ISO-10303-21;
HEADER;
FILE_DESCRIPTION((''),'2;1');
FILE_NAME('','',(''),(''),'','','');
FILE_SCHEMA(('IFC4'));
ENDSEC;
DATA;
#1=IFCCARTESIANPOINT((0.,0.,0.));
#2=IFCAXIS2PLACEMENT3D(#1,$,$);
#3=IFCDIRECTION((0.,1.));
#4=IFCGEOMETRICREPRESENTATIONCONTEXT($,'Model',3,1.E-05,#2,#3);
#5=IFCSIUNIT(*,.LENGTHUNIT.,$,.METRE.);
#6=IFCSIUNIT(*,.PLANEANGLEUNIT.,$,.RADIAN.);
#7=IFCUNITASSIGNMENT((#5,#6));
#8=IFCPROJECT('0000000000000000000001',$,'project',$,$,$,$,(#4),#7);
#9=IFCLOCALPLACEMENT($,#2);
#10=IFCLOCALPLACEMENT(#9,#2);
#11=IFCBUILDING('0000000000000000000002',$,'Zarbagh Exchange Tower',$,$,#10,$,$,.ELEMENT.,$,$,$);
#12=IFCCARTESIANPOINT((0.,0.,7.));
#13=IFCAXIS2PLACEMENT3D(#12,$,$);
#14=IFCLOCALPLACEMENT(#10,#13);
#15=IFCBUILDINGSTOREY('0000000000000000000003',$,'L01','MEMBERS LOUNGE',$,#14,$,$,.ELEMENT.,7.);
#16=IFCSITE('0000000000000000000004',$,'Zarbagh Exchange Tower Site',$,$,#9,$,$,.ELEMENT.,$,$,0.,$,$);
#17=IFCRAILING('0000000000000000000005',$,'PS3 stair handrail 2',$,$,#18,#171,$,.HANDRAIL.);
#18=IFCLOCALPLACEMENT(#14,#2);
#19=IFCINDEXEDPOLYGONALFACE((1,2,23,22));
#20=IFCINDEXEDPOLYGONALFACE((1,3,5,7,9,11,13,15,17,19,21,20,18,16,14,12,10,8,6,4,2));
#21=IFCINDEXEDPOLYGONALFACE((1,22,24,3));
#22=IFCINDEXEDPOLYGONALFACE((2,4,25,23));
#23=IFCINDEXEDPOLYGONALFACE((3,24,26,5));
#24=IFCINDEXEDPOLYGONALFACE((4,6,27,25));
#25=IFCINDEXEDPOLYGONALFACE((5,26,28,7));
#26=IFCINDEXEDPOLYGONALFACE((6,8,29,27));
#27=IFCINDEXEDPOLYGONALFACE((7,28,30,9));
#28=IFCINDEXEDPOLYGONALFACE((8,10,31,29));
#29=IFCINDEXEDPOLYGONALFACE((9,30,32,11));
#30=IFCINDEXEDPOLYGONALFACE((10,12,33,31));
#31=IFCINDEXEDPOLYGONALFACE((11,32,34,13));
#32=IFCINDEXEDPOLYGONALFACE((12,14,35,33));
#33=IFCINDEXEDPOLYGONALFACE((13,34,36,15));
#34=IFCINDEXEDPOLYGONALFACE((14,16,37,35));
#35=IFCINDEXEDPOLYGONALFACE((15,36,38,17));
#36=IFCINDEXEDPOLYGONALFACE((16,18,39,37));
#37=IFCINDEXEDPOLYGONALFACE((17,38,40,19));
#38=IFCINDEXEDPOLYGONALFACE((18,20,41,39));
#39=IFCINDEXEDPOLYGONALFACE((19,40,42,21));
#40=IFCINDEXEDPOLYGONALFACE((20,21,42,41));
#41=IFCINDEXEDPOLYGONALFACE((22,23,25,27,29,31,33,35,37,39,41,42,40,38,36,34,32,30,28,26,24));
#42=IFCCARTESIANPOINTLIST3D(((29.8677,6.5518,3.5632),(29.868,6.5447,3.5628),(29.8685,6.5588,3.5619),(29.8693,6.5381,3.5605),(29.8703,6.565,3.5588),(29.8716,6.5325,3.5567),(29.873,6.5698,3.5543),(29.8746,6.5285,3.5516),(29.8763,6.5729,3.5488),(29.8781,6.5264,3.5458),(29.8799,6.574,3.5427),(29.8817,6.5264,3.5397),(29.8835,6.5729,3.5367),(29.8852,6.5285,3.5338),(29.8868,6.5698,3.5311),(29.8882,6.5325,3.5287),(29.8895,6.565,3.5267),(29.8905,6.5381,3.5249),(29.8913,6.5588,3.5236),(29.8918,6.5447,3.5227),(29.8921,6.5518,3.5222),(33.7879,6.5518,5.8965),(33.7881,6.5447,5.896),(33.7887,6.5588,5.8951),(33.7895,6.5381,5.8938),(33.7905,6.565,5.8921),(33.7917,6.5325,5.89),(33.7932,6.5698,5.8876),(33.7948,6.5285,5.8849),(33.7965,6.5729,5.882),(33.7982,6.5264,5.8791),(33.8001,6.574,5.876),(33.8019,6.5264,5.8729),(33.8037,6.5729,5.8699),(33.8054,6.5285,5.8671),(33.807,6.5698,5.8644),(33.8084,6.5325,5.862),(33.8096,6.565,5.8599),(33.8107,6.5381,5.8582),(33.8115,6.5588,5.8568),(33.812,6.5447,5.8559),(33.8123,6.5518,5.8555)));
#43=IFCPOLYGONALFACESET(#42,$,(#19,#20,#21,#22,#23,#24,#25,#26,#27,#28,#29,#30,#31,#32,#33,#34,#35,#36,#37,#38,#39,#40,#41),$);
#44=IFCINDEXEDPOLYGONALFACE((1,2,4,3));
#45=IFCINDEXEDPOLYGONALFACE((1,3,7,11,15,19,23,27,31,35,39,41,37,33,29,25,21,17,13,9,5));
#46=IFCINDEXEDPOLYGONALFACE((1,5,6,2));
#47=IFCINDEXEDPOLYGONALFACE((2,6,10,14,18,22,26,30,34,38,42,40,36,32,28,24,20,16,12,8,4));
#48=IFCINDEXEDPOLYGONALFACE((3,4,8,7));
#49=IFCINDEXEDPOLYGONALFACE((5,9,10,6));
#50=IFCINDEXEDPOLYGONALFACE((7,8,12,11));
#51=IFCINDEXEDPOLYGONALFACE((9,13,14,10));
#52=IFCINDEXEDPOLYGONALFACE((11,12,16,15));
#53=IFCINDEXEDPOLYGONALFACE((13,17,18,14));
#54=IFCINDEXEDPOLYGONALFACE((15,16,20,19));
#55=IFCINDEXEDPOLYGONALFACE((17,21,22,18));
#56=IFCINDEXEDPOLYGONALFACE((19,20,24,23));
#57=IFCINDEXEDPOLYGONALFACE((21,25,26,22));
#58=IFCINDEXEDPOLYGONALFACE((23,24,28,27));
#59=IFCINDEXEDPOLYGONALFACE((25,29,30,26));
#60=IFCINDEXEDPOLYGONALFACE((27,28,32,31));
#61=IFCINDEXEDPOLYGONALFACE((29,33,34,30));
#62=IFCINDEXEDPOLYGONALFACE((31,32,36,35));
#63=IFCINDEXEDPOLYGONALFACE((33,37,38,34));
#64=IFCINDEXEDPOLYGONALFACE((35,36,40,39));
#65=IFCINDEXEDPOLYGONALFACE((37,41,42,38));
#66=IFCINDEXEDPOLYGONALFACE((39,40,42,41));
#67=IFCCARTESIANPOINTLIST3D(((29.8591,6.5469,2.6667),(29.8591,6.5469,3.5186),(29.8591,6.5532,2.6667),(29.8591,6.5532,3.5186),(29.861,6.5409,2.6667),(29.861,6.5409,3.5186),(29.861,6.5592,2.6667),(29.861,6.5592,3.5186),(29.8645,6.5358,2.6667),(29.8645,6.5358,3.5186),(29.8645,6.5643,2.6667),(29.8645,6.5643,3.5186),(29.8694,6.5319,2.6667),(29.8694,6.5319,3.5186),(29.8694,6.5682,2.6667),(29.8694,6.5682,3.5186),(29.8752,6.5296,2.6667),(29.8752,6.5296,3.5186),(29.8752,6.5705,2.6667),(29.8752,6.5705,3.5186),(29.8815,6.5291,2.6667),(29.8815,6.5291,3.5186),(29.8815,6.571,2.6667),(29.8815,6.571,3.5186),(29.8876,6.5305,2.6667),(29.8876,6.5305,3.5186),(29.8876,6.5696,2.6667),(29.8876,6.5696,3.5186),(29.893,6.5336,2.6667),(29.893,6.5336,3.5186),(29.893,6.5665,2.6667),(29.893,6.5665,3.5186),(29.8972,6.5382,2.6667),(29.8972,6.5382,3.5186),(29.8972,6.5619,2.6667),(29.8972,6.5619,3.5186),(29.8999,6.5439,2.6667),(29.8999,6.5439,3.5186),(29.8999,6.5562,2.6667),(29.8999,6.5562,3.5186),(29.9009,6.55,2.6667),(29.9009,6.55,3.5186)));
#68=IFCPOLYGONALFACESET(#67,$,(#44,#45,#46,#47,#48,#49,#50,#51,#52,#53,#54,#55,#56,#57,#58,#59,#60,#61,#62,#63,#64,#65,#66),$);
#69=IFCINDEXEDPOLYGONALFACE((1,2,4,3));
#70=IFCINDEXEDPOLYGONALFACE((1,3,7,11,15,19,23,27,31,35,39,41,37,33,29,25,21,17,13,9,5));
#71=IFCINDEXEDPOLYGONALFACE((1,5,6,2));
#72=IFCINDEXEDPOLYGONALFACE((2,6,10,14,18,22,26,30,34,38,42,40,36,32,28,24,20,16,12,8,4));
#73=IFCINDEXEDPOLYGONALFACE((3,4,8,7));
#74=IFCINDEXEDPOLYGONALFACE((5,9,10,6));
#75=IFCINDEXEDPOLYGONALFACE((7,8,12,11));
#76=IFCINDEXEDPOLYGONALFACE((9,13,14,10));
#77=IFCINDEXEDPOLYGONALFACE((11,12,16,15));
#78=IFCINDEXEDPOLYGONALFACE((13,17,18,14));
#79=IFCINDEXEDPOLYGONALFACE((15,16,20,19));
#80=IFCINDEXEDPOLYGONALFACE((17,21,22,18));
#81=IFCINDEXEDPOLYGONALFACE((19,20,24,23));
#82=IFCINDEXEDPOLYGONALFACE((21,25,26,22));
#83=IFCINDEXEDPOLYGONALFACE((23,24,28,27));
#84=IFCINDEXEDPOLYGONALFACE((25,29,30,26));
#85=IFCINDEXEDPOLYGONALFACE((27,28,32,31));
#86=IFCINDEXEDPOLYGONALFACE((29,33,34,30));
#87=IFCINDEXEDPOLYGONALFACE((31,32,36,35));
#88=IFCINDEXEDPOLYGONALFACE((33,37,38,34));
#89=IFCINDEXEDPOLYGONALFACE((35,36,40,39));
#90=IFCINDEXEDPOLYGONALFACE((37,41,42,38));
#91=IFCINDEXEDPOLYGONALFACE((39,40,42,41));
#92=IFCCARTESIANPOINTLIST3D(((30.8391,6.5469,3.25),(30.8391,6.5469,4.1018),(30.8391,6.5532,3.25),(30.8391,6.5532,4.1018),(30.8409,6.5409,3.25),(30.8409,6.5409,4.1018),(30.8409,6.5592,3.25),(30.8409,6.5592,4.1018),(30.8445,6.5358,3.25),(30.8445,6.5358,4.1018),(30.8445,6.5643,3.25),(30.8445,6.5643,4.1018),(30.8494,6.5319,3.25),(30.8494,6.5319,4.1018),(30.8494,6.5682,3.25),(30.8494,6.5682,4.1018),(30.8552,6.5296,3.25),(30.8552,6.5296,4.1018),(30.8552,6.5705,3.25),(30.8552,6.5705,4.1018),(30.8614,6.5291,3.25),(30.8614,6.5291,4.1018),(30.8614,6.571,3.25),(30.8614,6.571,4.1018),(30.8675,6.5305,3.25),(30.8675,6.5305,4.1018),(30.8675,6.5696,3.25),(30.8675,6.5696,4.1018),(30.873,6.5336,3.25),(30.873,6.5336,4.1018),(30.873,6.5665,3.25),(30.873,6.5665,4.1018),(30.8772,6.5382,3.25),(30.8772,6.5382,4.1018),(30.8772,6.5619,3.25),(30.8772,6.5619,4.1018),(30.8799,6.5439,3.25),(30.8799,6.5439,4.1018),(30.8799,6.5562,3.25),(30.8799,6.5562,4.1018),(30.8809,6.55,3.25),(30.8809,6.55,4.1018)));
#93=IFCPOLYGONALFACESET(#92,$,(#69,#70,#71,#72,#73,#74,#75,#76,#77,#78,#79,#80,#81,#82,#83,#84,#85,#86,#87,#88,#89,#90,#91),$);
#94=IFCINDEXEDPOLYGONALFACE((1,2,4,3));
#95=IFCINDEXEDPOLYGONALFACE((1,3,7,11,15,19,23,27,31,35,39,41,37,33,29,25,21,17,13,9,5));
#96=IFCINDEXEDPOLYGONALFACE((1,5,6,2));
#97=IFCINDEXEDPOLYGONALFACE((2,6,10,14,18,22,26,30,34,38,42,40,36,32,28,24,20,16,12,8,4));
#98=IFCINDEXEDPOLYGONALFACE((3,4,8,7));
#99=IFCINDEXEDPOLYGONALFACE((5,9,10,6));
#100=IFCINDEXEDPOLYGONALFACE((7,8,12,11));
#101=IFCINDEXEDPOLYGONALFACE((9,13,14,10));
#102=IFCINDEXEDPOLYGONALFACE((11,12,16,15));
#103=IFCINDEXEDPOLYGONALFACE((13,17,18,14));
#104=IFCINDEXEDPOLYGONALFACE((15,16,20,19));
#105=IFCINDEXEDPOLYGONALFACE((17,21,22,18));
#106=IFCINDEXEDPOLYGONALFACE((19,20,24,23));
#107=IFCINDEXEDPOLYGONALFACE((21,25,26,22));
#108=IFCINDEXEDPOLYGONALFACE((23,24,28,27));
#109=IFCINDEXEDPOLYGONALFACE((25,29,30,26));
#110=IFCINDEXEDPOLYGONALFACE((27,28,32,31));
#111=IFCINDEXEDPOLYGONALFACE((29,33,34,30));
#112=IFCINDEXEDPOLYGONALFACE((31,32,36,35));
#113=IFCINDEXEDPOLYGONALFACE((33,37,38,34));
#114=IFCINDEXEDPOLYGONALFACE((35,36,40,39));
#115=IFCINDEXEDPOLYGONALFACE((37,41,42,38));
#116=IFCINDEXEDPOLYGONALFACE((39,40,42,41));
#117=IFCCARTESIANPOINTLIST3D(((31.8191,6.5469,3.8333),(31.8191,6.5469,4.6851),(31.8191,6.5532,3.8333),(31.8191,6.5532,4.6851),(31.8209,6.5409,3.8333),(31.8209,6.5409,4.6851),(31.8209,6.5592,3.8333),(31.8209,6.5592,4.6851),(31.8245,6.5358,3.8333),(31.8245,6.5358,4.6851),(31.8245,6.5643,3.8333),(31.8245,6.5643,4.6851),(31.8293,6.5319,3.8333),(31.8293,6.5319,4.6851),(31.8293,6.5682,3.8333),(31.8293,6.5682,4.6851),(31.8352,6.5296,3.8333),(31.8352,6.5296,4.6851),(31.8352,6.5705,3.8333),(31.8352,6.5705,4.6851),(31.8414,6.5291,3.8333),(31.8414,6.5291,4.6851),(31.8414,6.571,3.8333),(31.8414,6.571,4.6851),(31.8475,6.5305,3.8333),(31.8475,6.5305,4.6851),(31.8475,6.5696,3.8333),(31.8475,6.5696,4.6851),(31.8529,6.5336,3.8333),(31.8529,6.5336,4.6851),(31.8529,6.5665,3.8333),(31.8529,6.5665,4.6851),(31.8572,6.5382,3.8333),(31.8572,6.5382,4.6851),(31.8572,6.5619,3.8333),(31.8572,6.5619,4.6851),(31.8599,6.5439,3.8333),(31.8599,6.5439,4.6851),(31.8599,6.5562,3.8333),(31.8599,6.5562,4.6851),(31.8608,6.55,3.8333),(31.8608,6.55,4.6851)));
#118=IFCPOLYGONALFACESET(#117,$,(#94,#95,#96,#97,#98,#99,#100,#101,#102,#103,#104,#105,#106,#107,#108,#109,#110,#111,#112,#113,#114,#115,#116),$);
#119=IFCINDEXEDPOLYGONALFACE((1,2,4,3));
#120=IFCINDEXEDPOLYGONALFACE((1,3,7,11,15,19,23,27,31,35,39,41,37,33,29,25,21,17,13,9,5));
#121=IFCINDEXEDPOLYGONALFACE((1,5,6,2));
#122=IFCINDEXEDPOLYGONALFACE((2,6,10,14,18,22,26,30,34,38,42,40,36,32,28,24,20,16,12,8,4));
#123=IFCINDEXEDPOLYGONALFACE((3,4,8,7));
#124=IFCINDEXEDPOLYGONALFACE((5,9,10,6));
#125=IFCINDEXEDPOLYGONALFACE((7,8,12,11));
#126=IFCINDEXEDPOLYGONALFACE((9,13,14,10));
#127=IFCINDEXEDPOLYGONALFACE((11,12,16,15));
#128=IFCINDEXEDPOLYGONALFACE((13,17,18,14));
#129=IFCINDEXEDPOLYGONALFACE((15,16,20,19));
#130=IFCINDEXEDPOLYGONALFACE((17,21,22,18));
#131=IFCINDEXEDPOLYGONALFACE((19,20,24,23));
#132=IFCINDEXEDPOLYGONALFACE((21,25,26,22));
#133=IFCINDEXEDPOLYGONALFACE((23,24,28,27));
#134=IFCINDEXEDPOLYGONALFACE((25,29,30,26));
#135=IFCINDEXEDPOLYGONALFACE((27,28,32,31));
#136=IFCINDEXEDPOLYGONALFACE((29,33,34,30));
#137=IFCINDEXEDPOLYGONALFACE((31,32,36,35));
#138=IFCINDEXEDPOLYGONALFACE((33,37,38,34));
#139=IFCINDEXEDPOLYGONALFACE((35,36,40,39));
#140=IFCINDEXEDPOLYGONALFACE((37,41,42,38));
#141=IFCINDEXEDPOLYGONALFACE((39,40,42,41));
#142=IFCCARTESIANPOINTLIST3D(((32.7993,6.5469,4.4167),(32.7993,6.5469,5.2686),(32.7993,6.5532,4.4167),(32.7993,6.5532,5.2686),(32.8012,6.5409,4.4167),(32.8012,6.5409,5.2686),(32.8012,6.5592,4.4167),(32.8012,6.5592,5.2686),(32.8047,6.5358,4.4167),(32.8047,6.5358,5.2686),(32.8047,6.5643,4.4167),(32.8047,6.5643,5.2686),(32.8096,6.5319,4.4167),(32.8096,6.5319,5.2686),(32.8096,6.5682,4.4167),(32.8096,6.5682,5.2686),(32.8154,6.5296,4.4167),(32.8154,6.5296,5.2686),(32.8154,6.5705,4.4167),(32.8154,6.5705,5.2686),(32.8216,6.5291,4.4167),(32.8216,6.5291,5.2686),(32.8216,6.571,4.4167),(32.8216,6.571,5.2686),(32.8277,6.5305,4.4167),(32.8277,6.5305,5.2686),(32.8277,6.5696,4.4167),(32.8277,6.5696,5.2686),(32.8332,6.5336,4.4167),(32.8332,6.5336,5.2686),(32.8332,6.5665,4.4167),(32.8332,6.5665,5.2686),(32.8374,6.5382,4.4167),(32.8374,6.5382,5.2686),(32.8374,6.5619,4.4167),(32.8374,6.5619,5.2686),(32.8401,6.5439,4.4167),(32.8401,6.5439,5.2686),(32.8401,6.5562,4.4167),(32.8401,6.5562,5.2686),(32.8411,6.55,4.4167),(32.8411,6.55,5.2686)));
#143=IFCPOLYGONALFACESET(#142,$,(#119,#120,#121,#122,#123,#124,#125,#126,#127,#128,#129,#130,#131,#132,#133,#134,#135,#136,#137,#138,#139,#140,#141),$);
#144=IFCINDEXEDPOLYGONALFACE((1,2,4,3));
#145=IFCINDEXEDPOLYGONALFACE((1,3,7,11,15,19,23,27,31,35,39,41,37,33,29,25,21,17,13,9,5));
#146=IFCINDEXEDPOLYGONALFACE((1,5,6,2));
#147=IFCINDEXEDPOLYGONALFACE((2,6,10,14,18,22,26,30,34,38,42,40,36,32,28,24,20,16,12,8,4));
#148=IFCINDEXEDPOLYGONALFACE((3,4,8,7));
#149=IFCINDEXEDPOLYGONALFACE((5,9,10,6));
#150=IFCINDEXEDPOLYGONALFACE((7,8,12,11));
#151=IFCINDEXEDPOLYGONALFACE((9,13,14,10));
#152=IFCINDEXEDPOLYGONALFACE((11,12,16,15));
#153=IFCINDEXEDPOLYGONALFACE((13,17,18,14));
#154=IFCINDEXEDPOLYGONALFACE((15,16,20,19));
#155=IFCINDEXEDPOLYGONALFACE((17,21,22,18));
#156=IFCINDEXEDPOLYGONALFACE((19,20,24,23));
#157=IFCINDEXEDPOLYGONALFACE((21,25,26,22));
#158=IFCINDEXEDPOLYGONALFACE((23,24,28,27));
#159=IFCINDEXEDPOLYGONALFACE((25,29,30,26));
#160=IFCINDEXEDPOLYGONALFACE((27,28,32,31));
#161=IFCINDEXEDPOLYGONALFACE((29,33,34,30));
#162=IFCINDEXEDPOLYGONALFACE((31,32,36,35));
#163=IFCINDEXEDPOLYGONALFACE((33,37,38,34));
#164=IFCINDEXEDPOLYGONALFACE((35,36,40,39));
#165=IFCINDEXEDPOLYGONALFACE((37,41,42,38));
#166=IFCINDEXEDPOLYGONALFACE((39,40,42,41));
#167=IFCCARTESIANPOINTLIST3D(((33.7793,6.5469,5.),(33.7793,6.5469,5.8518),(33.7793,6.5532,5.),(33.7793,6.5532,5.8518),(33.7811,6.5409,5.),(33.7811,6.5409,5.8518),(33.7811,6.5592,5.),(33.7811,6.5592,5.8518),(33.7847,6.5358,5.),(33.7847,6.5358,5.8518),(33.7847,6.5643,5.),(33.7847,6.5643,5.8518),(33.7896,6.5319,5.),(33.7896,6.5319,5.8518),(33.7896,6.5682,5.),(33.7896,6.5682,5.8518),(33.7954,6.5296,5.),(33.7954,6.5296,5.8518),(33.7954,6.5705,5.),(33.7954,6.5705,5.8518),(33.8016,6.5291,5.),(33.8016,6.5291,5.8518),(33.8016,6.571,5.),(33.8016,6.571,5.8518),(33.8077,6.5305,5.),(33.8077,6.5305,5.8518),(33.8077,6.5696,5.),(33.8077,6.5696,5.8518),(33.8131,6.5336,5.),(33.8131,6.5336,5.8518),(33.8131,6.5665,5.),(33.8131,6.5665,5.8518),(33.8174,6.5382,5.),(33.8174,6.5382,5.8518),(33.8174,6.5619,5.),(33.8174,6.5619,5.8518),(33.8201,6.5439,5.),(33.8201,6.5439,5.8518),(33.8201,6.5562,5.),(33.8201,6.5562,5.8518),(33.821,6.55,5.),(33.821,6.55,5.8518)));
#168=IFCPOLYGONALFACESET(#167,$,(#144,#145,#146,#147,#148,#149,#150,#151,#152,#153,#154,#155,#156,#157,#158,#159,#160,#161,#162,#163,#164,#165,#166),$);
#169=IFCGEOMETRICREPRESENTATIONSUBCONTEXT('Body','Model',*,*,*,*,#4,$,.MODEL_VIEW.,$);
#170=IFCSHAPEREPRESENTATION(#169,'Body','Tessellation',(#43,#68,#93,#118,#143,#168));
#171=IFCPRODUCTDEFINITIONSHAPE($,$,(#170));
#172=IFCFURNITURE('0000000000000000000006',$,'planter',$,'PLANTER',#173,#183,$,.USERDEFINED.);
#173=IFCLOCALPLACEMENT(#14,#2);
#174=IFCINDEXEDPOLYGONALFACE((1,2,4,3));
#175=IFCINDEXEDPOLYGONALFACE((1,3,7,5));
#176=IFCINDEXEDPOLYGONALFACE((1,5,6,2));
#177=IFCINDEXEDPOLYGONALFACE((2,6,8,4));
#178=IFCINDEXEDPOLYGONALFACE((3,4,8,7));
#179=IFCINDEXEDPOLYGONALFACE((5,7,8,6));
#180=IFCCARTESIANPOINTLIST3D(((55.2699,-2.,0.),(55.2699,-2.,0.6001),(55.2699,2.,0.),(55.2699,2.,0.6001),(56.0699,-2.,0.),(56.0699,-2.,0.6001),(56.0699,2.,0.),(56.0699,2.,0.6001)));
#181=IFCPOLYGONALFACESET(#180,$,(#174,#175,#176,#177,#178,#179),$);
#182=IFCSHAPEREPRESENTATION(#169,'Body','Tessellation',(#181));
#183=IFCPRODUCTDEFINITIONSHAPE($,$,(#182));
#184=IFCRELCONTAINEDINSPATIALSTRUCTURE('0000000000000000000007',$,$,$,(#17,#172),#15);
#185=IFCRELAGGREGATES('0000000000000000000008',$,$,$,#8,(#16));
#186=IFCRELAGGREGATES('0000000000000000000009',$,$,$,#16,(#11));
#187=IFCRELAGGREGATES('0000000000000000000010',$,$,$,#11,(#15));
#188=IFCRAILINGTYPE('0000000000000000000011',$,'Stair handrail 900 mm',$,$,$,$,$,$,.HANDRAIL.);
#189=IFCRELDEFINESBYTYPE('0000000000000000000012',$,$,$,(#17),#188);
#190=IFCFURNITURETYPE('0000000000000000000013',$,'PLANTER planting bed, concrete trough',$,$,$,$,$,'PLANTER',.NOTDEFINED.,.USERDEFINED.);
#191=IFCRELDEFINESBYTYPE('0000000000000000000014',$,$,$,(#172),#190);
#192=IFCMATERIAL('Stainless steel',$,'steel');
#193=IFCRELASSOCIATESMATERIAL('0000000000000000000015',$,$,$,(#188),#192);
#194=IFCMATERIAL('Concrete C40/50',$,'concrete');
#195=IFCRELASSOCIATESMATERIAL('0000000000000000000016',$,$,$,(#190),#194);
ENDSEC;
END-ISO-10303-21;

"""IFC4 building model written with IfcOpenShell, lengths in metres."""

from ifc_helpers import new_model, si_unit, direction, frame, origin, origin_2d, place, context, subcontext, project, spatial, rectangle, circle, extrude, material, type_object, element, save


model = new_model("IFC4")

# Units and contexts
model_context = context("Model", 3, precision=1e-05, world=origin(), true_north=direction((0.0, 1.0)))
body_context = subcontext(model_context, "Body", "Model", "MODEL_VIEW")
ifc_project = project(units=[si_unit("LENGTHUNIT", "METRE"), si_unit("PLANEANGLEUNIT", "RADIAN")], contexts=[model_context])

# Site, building, storey
site_placement = place(None, origin())
site = spatial("IfcSite", under=ifc_project, at=site_placement, Name="Zarbagh Exchange Tower Site", CompositionType="ELEMENT", RefElevation=0.0)
building_placement = place(site_placement, origin())
building = spatial("IfcBuilding", under=site, at=building_placement, Name="Zarbagh Exchange Tower", CompositionType="ELEMENT")
storey_placement = place(building_placement, frame((0.0, 0.0, 7.0)))
storey = spatial("IfcBuildingStorey", under=building, at=storey_placement, Name="L01", Description="MEMBERS LOUNGE", CompositionType="ELEMENT", Elevation=7.0)

# Shared definitions
ifc_material_1 = material(Name="Concrete C40/50", Category="concrete")

# Railing
ifc_material_2 = material(Name="Stainless steel", Category="steel")
railing_type_1 = type_object("IfcRailingType", Name="Stair handrail 900 mm", PredefinedType="HANDRAIL", material=ifc_material_2)
railing_1_placement = place(storey_placement, frame((29.8799, 6.55, 2.6667)))
element("IfcRailing", 1, at=railing_1_placement, inside=storey, type_object=railing_type_1, Name="PS3 stair handrail 2", PredefinedType="HANDRAIL", context=body_context, shape_type="SweptSolid", body=[
    extrude(circle(Radius=0.0239, at=origin_2d()), frame((0.0, 0.0, 0.876), z_axis=(0.85931, 0.0, 0.511455), x_axis=(0.0, 1.0, 0.0)), (0.0, 0.0, 1.0), 4.562),
    extrude(circle(Radius=0.021, at=origin_2d()), origin(), (0.0, 0.0, 1.0), 0.8518),
    extrude(circle(Radius=0.021, at=origin_2d()), frame((0.98, 0.0, 0.5833)), (0.0, 0.0, 1.0), 0.8518),
    extrude(circle(Radius=0.021, at=origin_2d()), frame((1.96, 0.0, 1.1665)), (0.0, 0.0, 1.0), 0.8518),
    extrude(circle(Radius=0.021, at=origin_2d()), frame((2.9402, 0.0, 1.75)), (0.0, 0.0, 1.0), 0.8518),
    extrude(circle(Radius=0.021, at=origin_2d()), frame((3.9202, 0.0, 2.3333)), (0.0, 0.0, 1.0), 0.8518),
])

# Furniture
furniture_type = type_object("IfcFurnitureType", Name="PLANTER planting bed, concrete trough", ElementType="PLANTER", AssemblyPlace="NOTDEFINED", PredefinedType="USERDEFINED", material=ifc_material_1)
furniture_placement = place(storey_placement, frame((55.6699, 0.0, 0.0), z_axis=(0.0, 0.0, 1.0), x_axis=(0.0, -1.0, 0.0)))
element("IfcFurniture", 2, at=furniture_placement, inside=storey, type_object=furniture_type, Name="planter", ObjectType="PLANTER", PredefinedType="USERDEFINED", context=body_context, shape_type="SweptSolid", body=[
    extrude(rectangle(XDim=4.0, YDim=0.8, at=origin_2d()), origin(), (0.0, 0.0, 1.0), 0.6001),
])

save(model, "model.ifc")
